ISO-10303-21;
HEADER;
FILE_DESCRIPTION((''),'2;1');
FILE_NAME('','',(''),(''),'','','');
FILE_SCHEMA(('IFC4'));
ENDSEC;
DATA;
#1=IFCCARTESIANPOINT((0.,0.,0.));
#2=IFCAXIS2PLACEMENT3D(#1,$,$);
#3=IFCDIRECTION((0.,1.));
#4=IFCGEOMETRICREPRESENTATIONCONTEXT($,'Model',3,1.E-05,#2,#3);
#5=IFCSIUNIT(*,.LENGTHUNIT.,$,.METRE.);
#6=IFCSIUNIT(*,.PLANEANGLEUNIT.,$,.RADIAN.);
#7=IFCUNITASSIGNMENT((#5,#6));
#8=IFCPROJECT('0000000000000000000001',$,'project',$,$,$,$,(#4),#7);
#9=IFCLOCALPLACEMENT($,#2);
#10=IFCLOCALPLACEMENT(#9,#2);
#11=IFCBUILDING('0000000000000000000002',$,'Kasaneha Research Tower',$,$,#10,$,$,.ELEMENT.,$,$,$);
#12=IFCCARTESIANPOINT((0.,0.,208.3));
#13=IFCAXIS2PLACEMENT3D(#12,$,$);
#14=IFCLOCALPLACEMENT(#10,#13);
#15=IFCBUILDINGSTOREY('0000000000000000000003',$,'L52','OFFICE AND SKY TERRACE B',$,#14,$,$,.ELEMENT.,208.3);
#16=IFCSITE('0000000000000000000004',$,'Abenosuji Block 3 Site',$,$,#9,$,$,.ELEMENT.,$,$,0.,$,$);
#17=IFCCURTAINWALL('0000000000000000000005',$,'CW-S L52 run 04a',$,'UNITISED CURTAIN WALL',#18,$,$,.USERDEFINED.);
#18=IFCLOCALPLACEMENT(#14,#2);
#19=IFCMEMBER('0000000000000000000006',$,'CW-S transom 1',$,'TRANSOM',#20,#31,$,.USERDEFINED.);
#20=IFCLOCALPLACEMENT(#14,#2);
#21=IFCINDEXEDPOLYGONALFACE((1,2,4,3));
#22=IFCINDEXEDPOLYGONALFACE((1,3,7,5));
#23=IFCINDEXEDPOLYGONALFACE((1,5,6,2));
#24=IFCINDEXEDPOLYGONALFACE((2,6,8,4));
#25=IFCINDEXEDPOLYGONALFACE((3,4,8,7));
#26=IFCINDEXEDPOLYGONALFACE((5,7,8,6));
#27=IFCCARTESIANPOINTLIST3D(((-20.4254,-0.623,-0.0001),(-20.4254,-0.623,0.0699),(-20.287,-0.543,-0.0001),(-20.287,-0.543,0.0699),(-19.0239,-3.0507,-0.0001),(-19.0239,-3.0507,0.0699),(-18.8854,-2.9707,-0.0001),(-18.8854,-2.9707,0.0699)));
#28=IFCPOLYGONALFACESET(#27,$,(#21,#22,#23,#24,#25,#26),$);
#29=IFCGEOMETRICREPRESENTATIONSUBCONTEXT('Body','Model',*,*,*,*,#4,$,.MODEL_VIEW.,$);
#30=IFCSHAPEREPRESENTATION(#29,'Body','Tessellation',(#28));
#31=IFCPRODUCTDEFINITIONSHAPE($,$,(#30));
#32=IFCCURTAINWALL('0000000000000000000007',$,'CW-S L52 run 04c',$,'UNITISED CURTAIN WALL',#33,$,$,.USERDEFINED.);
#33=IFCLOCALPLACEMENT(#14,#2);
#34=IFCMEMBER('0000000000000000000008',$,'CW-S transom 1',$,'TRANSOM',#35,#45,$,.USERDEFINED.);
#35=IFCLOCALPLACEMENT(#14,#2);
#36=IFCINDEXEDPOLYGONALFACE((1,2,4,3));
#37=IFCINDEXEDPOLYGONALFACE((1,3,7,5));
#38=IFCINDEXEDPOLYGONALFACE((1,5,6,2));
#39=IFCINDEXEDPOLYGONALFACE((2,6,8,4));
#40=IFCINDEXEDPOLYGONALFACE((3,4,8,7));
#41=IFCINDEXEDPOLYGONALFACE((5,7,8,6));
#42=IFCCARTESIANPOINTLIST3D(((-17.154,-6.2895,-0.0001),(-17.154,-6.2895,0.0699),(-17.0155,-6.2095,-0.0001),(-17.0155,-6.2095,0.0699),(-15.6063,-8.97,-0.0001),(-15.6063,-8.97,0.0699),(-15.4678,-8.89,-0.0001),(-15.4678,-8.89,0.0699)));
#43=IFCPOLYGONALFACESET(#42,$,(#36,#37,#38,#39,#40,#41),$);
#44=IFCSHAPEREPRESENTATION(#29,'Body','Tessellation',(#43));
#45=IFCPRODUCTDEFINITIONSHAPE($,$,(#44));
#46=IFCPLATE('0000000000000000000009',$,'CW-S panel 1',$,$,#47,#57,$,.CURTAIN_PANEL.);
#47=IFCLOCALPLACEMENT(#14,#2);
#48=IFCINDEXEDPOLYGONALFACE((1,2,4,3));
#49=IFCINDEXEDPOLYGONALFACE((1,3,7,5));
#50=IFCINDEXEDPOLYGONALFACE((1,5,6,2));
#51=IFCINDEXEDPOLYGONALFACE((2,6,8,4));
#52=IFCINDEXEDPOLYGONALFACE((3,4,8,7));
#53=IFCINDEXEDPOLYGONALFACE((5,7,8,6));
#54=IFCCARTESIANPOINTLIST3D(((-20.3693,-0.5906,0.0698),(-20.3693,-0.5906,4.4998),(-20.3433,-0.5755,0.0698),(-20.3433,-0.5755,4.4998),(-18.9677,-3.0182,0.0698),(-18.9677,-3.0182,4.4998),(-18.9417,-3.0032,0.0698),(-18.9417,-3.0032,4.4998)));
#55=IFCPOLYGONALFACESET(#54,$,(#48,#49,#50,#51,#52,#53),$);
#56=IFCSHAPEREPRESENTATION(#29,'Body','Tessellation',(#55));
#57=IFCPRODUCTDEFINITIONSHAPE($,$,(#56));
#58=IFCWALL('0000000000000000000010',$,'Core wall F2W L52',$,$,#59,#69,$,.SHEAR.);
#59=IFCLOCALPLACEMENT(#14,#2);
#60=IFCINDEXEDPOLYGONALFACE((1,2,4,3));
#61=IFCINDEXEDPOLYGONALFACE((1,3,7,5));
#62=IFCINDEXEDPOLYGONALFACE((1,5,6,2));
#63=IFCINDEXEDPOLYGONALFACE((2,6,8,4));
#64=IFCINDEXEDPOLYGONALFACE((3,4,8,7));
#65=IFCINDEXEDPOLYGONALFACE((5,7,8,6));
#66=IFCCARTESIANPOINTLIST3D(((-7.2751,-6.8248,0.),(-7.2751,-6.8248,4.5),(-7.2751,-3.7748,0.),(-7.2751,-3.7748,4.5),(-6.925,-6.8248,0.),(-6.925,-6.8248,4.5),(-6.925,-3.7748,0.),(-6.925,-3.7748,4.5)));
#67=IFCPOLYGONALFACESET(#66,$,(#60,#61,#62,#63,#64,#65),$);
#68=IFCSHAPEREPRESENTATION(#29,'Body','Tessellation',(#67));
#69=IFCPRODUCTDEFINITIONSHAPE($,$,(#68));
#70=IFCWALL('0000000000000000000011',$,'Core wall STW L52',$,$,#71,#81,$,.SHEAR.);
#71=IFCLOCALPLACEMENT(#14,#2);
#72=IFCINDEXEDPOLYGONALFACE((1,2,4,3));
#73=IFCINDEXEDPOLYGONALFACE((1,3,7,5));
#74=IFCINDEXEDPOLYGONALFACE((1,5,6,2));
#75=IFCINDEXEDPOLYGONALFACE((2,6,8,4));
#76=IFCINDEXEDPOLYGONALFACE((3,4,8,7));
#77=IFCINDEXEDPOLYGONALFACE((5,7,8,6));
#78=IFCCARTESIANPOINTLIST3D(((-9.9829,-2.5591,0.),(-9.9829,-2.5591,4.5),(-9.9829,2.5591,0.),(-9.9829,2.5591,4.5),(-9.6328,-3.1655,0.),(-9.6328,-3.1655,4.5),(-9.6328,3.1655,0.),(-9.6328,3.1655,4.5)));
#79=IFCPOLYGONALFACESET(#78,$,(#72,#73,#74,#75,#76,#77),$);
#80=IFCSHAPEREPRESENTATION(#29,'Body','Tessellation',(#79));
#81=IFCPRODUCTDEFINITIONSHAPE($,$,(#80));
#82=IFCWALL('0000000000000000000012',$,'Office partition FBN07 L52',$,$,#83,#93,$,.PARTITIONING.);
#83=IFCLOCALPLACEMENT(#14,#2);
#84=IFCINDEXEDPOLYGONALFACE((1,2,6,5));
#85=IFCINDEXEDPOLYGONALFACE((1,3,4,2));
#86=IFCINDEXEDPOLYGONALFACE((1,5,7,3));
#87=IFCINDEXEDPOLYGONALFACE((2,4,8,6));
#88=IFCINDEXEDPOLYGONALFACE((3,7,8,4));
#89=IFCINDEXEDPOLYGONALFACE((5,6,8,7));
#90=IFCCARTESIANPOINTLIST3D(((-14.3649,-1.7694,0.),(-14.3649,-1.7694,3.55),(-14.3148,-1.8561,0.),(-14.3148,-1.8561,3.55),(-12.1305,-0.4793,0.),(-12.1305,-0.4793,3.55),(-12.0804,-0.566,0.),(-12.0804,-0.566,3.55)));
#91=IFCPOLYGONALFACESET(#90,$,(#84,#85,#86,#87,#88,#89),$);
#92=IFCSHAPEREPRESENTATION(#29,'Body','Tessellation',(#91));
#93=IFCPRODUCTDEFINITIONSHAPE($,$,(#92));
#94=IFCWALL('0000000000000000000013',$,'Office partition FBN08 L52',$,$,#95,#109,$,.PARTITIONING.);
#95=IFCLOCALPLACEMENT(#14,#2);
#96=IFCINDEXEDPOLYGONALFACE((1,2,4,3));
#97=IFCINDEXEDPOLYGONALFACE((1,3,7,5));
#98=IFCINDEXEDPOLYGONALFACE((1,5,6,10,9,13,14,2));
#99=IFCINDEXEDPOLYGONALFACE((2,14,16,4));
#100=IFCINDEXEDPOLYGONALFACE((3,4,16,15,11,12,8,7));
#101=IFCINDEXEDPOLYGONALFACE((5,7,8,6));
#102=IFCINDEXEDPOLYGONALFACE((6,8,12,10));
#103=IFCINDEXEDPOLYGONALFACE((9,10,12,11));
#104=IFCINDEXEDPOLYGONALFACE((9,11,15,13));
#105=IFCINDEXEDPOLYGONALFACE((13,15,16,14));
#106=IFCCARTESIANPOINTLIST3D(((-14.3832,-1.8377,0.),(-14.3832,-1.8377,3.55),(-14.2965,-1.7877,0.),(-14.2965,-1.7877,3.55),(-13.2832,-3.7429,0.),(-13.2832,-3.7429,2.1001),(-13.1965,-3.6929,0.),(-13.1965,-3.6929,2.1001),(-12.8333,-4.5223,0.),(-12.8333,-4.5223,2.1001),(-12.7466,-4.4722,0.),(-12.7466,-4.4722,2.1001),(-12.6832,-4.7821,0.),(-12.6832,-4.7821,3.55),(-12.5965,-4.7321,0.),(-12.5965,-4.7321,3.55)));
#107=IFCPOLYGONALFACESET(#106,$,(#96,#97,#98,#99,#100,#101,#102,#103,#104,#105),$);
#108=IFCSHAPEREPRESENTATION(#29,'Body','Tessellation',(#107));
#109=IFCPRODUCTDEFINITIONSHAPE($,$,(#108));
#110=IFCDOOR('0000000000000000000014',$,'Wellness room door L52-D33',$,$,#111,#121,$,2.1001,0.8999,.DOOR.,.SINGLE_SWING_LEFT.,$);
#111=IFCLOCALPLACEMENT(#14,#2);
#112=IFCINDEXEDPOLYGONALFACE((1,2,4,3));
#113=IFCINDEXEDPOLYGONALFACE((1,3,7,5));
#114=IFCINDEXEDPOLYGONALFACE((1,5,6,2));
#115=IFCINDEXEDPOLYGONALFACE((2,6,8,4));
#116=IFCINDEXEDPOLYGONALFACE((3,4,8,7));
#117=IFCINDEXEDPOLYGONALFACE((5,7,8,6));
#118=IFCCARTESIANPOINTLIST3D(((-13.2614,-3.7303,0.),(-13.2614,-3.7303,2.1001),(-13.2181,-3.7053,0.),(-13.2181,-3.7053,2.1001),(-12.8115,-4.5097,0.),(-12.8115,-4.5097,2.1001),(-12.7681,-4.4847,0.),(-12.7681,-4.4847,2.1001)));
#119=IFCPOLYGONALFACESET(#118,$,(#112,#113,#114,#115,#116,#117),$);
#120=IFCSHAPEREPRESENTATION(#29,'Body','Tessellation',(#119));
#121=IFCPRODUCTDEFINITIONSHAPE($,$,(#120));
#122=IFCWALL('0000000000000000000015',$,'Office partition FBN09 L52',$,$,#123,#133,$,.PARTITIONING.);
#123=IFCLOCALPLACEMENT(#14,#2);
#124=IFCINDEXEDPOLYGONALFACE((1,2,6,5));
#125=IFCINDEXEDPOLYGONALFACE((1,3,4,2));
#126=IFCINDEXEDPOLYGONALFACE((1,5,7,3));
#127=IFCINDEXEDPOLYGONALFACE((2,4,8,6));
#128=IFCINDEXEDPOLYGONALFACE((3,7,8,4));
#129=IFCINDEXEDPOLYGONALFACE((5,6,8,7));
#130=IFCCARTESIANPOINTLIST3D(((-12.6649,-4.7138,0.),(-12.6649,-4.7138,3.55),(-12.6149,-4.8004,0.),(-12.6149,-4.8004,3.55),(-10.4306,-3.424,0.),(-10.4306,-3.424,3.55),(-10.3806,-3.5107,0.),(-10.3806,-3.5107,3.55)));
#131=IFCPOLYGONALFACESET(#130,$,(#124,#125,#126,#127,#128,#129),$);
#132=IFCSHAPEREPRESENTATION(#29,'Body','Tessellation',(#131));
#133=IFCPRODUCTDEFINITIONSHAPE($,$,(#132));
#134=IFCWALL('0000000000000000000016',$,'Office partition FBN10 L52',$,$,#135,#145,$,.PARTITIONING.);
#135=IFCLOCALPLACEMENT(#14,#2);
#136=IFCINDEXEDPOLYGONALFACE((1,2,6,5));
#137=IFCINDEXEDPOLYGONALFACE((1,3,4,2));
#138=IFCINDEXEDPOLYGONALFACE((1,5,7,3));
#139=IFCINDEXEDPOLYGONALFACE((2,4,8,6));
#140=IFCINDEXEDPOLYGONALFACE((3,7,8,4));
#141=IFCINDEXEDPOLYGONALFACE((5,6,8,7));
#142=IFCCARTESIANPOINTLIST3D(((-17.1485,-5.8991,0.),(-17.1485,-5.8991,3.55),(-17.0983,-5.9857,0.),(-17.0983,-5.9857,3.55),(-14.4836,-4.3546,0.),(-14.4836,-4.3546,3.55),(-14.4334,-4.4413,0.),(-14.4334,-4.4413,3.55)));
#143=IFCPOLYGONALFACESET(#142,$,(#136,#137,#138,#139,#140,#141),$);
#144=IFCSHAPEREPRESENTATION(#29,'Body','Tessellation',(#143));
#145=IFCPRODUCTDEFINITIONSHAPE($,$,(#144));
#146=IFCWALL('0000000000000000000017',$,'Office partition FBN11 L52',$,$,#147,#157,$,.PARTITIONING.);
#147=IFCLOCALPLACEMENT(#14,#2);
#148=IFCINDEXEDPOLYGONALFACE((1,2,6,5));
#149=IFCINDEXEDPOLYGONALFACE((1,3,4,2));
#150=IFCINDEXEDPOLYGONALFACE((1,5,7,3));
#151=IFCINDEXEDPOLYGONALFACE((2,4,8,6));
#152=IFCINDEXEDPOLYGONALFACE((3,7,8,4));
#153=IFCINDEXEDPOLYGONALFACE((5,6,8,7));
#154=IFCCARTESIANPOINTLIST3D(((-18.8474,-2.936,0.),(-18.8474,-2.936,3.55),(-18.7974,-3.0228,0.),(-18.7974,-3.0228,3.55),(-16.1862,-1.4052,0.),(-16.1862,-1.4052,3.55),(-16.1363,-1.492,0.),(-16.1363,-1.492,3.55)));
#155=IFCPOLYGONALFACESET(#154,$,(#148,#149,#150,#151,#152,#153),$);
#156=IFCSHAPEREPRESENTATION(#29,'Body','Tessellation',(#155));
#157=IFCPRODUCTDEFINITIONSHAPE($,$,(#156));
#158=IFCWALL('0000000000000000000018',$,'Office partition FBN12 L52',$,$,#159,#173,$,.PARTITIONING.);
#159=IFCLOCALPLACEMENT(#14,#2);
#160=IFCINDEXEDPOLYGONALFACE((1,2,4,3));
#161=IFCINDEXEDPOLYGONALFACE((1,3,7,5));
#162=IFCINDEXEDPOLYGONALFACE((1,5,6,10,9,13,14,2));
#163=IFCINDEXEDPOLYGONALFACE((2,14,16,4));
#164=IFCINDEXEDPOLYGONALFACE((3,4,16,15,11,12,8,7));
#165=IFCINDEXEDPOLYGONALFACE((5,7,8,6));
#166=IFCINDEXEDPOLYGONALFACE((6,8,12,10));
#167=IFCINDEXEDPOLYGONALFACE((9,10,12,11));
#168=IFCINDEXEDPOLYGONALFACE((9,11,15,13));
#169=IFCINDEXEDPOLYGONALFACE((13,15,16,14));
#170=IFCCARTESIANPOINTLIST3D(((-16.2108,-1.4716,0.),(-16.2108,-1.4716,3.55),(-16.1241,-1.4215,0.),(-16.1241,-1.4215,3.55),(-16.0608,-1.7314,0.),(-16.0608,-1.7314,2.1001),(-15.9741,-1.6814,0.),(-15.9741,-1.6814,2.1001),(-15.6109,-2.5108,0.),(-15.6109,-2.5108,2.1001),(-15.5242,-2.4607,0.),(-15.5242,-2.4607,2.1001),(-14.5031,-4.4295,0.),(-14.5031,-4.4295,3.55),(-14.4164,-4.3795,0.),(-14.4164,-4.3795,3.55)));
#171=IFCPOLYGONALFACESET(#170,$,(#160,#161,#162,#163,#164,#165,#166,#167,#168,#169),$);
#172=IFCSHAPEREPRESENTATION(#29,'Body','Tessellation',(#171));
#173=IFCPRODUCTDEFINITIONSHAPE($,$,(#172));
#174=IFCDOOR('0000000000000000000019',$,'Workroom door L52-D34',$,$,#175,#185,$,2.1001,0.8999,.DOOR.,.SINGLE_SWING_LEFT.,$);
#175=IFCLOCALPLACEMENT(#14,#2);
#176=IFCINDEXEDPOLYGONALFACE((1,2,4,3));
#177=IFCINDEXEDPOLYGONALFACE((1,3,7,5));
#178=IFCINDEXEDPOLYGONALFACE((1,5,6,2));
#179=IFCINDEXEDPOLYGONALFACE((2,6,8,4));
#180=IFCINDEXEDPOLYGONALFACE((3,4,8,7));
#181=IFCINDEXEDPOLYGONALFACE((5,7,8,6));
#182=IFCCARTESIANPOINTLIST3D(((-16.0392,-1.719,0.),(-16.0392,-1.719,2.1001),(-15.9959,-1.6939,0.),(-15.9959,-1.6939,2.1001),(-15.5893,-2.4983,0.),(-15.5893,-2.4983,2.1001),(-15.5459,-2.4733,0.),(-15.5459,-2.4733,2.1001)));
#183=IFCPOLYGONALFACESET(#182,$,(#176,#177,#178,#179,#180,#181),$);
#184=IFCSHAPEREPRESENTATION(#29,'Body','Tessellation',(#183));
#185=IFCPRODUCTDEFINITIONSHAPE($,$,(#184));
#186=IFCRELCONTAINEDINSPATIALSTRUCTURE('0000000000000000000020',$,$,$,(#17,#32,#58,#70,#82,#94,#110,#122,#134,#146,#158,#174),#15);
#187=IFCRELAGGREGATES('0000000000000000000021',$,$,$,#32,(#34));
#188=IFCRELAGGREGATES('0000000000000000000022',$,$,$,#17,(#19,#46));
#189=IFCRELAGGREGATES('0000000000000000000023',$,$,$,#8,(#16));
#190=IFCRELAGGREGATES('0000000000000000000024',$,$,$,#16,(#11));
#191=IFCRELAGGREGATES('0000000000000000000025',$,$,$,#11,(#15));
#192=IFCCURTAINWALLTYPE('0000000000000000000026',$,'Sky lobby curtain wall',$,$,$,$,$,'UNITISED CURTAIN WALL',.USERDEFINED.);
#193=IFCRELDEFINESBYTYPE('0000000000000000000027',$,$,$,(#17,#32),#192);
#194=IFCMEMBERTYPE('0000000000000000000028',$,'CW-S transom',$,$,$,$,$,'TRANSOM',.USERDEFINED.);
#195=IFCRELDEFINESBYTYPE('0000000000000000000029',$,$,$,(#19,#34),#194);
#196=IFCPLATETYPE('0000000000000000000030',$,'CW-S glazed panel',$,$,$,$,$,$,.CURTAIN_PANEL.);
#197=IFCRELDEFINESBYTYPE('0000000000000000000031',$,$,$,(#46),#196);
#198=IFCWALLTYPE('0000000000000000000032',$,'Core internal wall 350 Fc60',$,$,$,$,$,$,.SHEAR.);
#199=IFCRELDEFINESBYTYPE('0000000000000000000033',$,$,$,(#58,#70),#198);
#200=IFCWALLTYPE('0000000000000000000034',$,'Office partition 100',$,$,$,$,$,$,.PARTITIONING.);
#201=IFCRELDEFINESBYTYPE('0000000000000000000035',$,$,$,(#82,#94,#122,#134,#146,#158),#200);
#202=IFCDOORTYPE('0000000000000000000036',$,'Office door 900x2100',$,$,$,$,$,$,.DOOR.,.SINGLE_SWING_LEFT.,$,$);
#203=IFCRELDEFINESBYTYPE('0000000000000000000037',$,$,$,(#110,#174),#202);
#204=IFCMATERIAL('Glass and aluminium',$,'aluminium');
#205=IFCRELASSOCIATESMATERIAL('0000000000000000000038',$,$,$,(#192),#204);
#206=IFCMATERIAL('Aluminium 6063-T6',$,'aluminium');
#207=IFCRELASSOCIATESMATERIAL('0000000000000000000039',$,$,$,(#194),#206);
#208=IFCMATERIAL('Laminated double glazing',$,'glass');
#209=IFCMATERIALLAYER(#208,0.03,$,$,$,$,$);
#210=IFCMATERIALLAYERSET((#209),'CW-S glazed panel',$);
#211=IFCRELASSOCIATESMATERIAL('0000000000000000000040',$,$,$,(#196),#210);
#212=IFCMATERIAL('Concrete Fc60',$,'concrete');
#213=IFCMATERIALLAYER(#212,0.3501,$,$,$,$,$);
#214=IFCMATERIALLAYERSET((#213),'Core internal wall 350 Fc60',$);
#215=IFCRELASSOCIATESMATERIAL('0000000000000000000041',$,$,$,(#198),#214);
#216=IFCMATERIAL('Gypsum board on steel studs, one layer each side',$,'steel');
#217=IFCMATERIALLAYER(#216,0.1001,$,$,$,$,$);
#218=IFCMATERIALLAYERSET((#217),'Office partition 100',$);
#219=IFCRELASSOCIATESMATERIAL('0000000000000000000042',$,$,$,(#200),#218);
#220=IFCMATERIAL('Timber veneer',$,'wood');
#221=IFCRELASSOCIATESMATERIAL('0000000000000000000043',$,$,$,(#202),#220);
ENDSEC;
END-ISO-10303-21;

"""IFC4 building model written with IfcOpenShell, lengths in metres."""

from ifc_helpers import new_model, si_unit, direction, frame, frame_2d, origin, origin_2d, place, context, subcontext, project, spatial, polyline, rectangle, outline, extrude, material, layer, layer_set, material_profile, profile_set, type_object, element, fill, aggregate, save


model = new_model("IFC4")

# Units and contexts
model_context = context("Model", 3, precision=1e-05, world=origin(), true_north=direction((0.0, 1.0)))
body_context = subcontext(model_context, "Body", "Model", "MODEL_VIEW")
ifc_project = project(units=[si_unit("LENGTHUNIT", "METRE"), si_unit("PLANEANGLEUNIT", "RADIAN")], contexts=[model_context])

# Site, building, storey
site_placement = place(None, origin())
site = spatial("IfcSite", under=ifc_project, at=site_placement, Name="Abenosuji Block 3 Site", CompositionType="ELEMENT", RefElevation=0.0)
building_placement = place(site_placement, origin())
building = spatial("IfcBuilding", under=site, at=building_placement, Name="Kasaneha Research Tower", CompositionType="ELEMENT")
storey_placement = place(building_placement, frame((0.0, 0.0, 208.3)))
storey = spatial("IfcBuildingStorey", under=building, at=storey_placement, Name="L52", Description="OFFICE AND SKY TERRACE B", CompositionType="ELEMENT", Elevation=208.3)

# Curtain walls, members
ifc_material_1 = material(Name="Glass and aluminium", Category="aluminium")
curtain_wall_type = type_object("IfcCurtainWallType", Name="Sky lobby curtain wall", ElementType="UNITISED CURTAIN WALL", PredefinedType="USERDEFINED", material=ifc_material_1)
curtain_wall_1_placement = place(storey_placement, origin())
curtain_wall_1 = element("IfcCurtainWall", 1, at=curtain_wall_1_placement, inside=storey, type_object=curtain_wall_type, Name="CW-S L52 run 04a", ObjectType="UNITISED CURTAIN WALL", PredefinedType="USERDEFINED")
ifc_material_2 = material(Name="Aluminium 6063-T6", Category="aluminium")
ifc_material_profile = material_profile(ifc_material_2, rectangle(XDim=0.1599, YDim=0.0701, at=origin_2d()), Name="CW-S transom 160x70")
ifc_profile_set = profile_set([ifc_material_profile], Name="Aluminium 6063-T6")
member_type = type_object("IfcMemberType", Name="CW-S transom", ElementType="TRANSOM", PredefinedType="USERDEFINED", material=ifc_profile_set)
member_1_placement = place(storey_placement, frame((-20.3562, -0.583, 0.0349), z_axis=(0.499989, -0.866032, 0.0), x_axis=(0.866032, 0.499989, 0.0)))
member_1 = element("IfcMember", 2, at=member_1_placement, type_object=member_type, Name="CW-S transom 1", ObjectType="TRANSOM", PredefinedType="USERDEFINED", context=body_context, shape_type="SweptSolid", body=[
    extrude(rectangle(XDim=0.1599, YDim=0.0701, at=origin_2d()), origin(), (0.0, 0.0, 1.0), 2.8032),
])
curtain_wall_2_placement = place(storey_placement, origin())
curtain_wall_2 = element("IfcCurtainWall", 3, at=curtain_wall_2_placement, inside=storey, type_object=curtain_wall_type, Name="CW-S L52 run 04c", ObjectType="UNITISED CURTAIN WALL", PredefinedType="USERDEFINED")
member_2_placement = place(storey_placement, frame((-17.0847, -6.2495, 0.0349), z_axis=(0.500016, -0.866016, 0.0), x_axis=(0.866016, 0.500016, 0.0)))
member_2 = element("IfcMember", 4, at=member_2_placement, type_object=member_type, Name="CW-S transom 1", ObjectType="TRANSOM", PredefinedType="USERDEFINED", context=body_context, shape_type="SweptSolid", body=[
    extrude(rectangle(XDim=0.1599, YDim=0.0701, at=origin_2d()), origin(), (0.0, 0.0, 1.0), 3.0952),
])
aggregate(curtain_wall_2, [member_2])

# Plate
ifc_material_3 = material(Name="Laminated double glazing", Category="glass")
ifc_layer_1 = layer(ifc_material_3, 0.03)
ifc_layer_set_1 = layer_set([ifc_layer_1], Name="CW-S glazed panel")
plate_type = type_object("IfcPlateType", Name="CW-S glazed panel", PredefinedType="CURTAIN_PANEL", material=ifc_layer_set_1)
plate_placement = place(storey_placement, frame((-19.6555, -1.7969, 0.0698), z_axis=(0.0, 0.0, 1.0), x_axis=(0.5, -0.866025, 0.0)))
plate = element("IfcPlate", 5, at=plate_placement, type_object=plate_type, Name="CW-S panel 1", PredefinedType="CURTAIN_PANEL", context=body_context, shape_type="SweptSolid", body=[
    extrude(rectangle(XDim=2.8032, YDim=0.03, at=origin_2d()), origin(), (0.0, 0.0, 1.0), 4.4299),
])
aggregate(curtain_wall_1, [member_1, plate])

# Shared definitions
ifc_material_4 = material(Name="Concrete Fc60", Category="concrete")
ifc_layer_2 = layer(ifc_material_4, 0.3501)
ifc_layer_set_2 = layer_set([ifc_layer_2], Name="Core internal wall 350 Fc60")
wall_type_1 = type_object("IfcWallType", Name="Core internal wall 350 Fc60", PredefinedType="SHEAR", material=ifc_layer_set_2)

# Walls
wall_1_placement = place(storey_placement, frame((-7.1001, -3.7749, 0.0), z_axis=(0.0, 0.0, 1.0), x_axis=(0.0, -1.0, 0.0)))
element("IfcWall", 6, at=wall_1_placement, inside=storey, type_object=wall_type_1, Name="Core wall F2W L52", PredefinedType="SHEAR", context=body_context, shape_type="SweptSolid", body=[
    extrude(rectangle(XDim=3.05, YDim=0.3501, at=frame_2d((1.5249, 0.0))), origin(), (0.0, 0.0, 1.0), 4.5),
])
wall_2_placement = place(storey_placement, frame((-9.8079, -2.8623, 0.0), z_axis=(0.0, 0.0, 1.0), x_axis=(0.0, 1.0, 0.0)))
element("IfcWall", 7, at=wall_2_placement, inside=storey, type_object=wall_type_1, Name="Core wall STW L52", PredefinedType="SHEAR", context=body_context, shape_type="SweptSolid", body=[
    extrude(outline(polyline([(-0.3032, -0.175), (6.0278, -0.175), (5.4214, 0.175), (0.3032, 0.175), (-0.3032, -0.175)])), origin(), (0.0, 0.0, 1.0), 4.5),
])
ifc_material_5 = material(Name="Gypsum board on steel studs, one layer each side", Category="steel")
ifc_layer_3 = layer(ifc_material_5, 0.1001)
ifc_layer_set_3 = layer_set([ifc_layer_3], Name="Office partition 100")
wall_type_2 = type_object("IfcWallType", Name="Office partition 100", PredefinedType="PARTITIONING", material=ifc_layer_set_3)
wall_3_placement = place(storey_placement, frame((-14.3398, -1.8127, 0.0), z_axis=(0.0, 0.0, 1.0), x_axis=(0.866022, 0.500006, 0.0)))
element("IfcWall", 8, at=wall_3_placement, inside=storey, type_object=wall_type_2, Name="Office partition FBN07 L52", PredefinedType="PARTITIONING", context=body_context, shape_type="SweptSolid", body=[
    extrude(rectangle(XDim=2.5801, YDim=0.1001, at=frame_2d((1.29, 0.0))), origin(), (0.0, 0.0, 1.0), 3.55),
])

# Wall, opening, door
wall_4_placement = place(storey_placement, frame((-12.6399, -4.7571, 0.0), z_axis=(0.0, 0.0, 1.0), x_axis=(-0.500008, 0.866021, 0.0)))
wall_4 = element("IfcWall", 9, at=wall_4_placement, inside=storey, type_object=wall_type_2, Name="Office partition FBN08 L52", PredefinedType="PARTITIONING", context=body_context, shape_type="SweptSolid", body=[
    extrude(rectangle(XDim=3.3999, YDim=0.1001, at=frame_2d((1.7, 0.0))), origin(), (0.0, 0.0, 1.0), 3.55),
])
opening_1_placement = place(wall_4_placement, frame((0.3, 0.0, 0.0)))
opening_1 = element("IfcOpeningElement", 10, at=opening_1_placement, cuts=wall_4, PredefinedType="OPENING", context=body_context, shape_type="SweptSolid", body=[
    extrude(rectangle(XDim=0.8999, YDim=2.1001, at=frame_2d((0.45, 1.05))), frame((0.0, 0.0601, 0.0), z_axis=(0.0, -1.0, 0.0), x_axis=(1.0, 0.0, 0.0)), (0.0, 0.0, 1.0), 0.1201),
])
ifc_material_6 = material(Name="Timber veneer", Category="wood")
door_type_1 = type_object("IfcDoorType", Name="Office door 900x2100", OperationType="SINGLE_SWING_LEFT", PredefinedType="DOOR", material=ifc_material_6)
door_1_placement = place(opening_1_placement, origin())
door_1 = element("IfcDoor", 11, at=door_1_placement, inside=storey, type_object=door_type_1, Name="Wellness room door L52-D33", OperationType="SINGLE_SWING_LEFT", OverallHeight=2.1001, OverallWidth=0.8999, PredefinedType="DOOR", context=body_context, shape_type="SweptSolid", body=[
    extrude(rectangle(XDim=0.8999, YDim=2.1001, at=frame_2d((0.45, 1.05))), frame((0.0, 0.0249, 0.0), z_axis=(0.0, -1.0, 0.0), x_axis=(1.0, 0.0, 0.0)), (0.0, 0.0, 1.0), 0.05),
])
fill(opening_1, door_1)

# Walls
wall_5_placement = place(storey_placement, frame((-10.4055, -3.4673, 0.0), z_axis=(0.0, 0.0, 1.0), x_axis=(-0.866063, -0.499935, 0.0)))
element("IfcWall", 12, at=wall_5_placement, inside=storey, type_object=wall_type_2, Name="Office partition FBN09 L52", PredefinedType="PARTITIONING", context=body_context, shape_type="SweptSolid", body=[
    extrude(rectangle(XDim=2.5798, YDim=0.1001, at=frame_2d((1.29, 0.0))), origin(), (0.0, 0.0, 1.0), 3.55),
])
wall_6_placement = place(storey_placement, frame((-14.4585, -4.3979, 0.0), z_axis=(0.0, 0.0, 1.0), x_axis=(-0.865193, -0.501439, 0.0)))
element("IfcWall", 13, at=wall_6_placement, inside=storey, type_object=wall_type_2, Name="Office partition FBN10 L52", PredefinedType="PARTITIONING", context=body_context, shape_type="SweptSolid", body=[
    extrude(rectangle(XDim=3.0801, YDim=0.1001, at=frame_2d((1.54, 0.0))), origin(), (0.0, 0.0, 1.0), 3.55),
])
wall_7_placement = place(storey_placement, frame((-18.8225, -2.9795, 0.0), z_axis=(0.0, 0.0, 1.0), x_axis=(0.86682, 0.498621, 0.0)))
element("IfcWall", 14, at=wall_7_placement, inside=storey, type_object=wall_type_2, Name="Office partition FBN11 L52", PredefinedType="PARTITIONING", context=body_context, shape_type="SweptSolid", body=[
    extrude(rectangle(XDim=3.0701, YDim=0.1001, at=frame_2d((1.5352, 0.0))), origin(), (0.0, 0.0, 1.0), 3.55),
])

# Wall, opening, door
wall_8_placement = place(storey_placement, frame((-16.1675, -1.4465, 0.0), z_axis=(0.0, 0.0, 1.0), x_axis=(0.499991, -0.866031, 0.0)))
wall_8 = element("IfcWall", 15, at=wall_8_placement, inside=storey, type_object=wall_type_2, Name="Office partition FBN12 L52", PredefinedType="PARTITIONING", context=body_context, shape_type="SweptSolid", body=[
    extrude(rectangle(XDim=3.4155, YDim=0.1001, at=frame_2d((1.7078, 0.0))), origin(), (0.0, 0.0, 1.0), 3.55),
])
opening_2_placement = place(wall_8_placement, frame((0.3, 0.0, 0.0)))
opening_2 = element("IfcOpeningElement", 16, at=opening_2_placement, cuts=wall_8, PredefinedType="OPENING", context=body_context, shape_type="SweptSolid", body=[
    extrude(rectangle(XDim=0.8999, YDim=2.1001, at=frame_2d((0.45, 1.05))), frame((0.0, 0.0601, 0.0), z_axis=(0.0, -1.0, 0.0), x_axis=(1.0, 0.0, 0.0)), (0.0, 0.0, 1.0), 0.1201),
])
door_2_placement = place(opening_2_placement, origin())
door_2 = element("IfcDoor", 17, at=door_2_placement, inside=storey, type_object=door_type_1, Name="Workroom door L52-D34", OperationType="SINGLE_SWING_LEFT", OverallHeight=2.1001, OverallWidth=0.8999, PredefinedType="DOOR", context=body_context, shape_type="SweptSolid", body=[
    extrude(rectangle(XDim=0.8999, YDim=2.1001, at=frame_2d((0.45, 1.05))), frame((0.0, 0.0249, 0.0), z_axis=(0.0, -1.0, 0.0), x_axis=(1.0, 0.0, 0.0)), (0.0, 0.0, 1.0), 0.05),
])
fill(opening_2, door_2)

save(model, "model.ifc")
